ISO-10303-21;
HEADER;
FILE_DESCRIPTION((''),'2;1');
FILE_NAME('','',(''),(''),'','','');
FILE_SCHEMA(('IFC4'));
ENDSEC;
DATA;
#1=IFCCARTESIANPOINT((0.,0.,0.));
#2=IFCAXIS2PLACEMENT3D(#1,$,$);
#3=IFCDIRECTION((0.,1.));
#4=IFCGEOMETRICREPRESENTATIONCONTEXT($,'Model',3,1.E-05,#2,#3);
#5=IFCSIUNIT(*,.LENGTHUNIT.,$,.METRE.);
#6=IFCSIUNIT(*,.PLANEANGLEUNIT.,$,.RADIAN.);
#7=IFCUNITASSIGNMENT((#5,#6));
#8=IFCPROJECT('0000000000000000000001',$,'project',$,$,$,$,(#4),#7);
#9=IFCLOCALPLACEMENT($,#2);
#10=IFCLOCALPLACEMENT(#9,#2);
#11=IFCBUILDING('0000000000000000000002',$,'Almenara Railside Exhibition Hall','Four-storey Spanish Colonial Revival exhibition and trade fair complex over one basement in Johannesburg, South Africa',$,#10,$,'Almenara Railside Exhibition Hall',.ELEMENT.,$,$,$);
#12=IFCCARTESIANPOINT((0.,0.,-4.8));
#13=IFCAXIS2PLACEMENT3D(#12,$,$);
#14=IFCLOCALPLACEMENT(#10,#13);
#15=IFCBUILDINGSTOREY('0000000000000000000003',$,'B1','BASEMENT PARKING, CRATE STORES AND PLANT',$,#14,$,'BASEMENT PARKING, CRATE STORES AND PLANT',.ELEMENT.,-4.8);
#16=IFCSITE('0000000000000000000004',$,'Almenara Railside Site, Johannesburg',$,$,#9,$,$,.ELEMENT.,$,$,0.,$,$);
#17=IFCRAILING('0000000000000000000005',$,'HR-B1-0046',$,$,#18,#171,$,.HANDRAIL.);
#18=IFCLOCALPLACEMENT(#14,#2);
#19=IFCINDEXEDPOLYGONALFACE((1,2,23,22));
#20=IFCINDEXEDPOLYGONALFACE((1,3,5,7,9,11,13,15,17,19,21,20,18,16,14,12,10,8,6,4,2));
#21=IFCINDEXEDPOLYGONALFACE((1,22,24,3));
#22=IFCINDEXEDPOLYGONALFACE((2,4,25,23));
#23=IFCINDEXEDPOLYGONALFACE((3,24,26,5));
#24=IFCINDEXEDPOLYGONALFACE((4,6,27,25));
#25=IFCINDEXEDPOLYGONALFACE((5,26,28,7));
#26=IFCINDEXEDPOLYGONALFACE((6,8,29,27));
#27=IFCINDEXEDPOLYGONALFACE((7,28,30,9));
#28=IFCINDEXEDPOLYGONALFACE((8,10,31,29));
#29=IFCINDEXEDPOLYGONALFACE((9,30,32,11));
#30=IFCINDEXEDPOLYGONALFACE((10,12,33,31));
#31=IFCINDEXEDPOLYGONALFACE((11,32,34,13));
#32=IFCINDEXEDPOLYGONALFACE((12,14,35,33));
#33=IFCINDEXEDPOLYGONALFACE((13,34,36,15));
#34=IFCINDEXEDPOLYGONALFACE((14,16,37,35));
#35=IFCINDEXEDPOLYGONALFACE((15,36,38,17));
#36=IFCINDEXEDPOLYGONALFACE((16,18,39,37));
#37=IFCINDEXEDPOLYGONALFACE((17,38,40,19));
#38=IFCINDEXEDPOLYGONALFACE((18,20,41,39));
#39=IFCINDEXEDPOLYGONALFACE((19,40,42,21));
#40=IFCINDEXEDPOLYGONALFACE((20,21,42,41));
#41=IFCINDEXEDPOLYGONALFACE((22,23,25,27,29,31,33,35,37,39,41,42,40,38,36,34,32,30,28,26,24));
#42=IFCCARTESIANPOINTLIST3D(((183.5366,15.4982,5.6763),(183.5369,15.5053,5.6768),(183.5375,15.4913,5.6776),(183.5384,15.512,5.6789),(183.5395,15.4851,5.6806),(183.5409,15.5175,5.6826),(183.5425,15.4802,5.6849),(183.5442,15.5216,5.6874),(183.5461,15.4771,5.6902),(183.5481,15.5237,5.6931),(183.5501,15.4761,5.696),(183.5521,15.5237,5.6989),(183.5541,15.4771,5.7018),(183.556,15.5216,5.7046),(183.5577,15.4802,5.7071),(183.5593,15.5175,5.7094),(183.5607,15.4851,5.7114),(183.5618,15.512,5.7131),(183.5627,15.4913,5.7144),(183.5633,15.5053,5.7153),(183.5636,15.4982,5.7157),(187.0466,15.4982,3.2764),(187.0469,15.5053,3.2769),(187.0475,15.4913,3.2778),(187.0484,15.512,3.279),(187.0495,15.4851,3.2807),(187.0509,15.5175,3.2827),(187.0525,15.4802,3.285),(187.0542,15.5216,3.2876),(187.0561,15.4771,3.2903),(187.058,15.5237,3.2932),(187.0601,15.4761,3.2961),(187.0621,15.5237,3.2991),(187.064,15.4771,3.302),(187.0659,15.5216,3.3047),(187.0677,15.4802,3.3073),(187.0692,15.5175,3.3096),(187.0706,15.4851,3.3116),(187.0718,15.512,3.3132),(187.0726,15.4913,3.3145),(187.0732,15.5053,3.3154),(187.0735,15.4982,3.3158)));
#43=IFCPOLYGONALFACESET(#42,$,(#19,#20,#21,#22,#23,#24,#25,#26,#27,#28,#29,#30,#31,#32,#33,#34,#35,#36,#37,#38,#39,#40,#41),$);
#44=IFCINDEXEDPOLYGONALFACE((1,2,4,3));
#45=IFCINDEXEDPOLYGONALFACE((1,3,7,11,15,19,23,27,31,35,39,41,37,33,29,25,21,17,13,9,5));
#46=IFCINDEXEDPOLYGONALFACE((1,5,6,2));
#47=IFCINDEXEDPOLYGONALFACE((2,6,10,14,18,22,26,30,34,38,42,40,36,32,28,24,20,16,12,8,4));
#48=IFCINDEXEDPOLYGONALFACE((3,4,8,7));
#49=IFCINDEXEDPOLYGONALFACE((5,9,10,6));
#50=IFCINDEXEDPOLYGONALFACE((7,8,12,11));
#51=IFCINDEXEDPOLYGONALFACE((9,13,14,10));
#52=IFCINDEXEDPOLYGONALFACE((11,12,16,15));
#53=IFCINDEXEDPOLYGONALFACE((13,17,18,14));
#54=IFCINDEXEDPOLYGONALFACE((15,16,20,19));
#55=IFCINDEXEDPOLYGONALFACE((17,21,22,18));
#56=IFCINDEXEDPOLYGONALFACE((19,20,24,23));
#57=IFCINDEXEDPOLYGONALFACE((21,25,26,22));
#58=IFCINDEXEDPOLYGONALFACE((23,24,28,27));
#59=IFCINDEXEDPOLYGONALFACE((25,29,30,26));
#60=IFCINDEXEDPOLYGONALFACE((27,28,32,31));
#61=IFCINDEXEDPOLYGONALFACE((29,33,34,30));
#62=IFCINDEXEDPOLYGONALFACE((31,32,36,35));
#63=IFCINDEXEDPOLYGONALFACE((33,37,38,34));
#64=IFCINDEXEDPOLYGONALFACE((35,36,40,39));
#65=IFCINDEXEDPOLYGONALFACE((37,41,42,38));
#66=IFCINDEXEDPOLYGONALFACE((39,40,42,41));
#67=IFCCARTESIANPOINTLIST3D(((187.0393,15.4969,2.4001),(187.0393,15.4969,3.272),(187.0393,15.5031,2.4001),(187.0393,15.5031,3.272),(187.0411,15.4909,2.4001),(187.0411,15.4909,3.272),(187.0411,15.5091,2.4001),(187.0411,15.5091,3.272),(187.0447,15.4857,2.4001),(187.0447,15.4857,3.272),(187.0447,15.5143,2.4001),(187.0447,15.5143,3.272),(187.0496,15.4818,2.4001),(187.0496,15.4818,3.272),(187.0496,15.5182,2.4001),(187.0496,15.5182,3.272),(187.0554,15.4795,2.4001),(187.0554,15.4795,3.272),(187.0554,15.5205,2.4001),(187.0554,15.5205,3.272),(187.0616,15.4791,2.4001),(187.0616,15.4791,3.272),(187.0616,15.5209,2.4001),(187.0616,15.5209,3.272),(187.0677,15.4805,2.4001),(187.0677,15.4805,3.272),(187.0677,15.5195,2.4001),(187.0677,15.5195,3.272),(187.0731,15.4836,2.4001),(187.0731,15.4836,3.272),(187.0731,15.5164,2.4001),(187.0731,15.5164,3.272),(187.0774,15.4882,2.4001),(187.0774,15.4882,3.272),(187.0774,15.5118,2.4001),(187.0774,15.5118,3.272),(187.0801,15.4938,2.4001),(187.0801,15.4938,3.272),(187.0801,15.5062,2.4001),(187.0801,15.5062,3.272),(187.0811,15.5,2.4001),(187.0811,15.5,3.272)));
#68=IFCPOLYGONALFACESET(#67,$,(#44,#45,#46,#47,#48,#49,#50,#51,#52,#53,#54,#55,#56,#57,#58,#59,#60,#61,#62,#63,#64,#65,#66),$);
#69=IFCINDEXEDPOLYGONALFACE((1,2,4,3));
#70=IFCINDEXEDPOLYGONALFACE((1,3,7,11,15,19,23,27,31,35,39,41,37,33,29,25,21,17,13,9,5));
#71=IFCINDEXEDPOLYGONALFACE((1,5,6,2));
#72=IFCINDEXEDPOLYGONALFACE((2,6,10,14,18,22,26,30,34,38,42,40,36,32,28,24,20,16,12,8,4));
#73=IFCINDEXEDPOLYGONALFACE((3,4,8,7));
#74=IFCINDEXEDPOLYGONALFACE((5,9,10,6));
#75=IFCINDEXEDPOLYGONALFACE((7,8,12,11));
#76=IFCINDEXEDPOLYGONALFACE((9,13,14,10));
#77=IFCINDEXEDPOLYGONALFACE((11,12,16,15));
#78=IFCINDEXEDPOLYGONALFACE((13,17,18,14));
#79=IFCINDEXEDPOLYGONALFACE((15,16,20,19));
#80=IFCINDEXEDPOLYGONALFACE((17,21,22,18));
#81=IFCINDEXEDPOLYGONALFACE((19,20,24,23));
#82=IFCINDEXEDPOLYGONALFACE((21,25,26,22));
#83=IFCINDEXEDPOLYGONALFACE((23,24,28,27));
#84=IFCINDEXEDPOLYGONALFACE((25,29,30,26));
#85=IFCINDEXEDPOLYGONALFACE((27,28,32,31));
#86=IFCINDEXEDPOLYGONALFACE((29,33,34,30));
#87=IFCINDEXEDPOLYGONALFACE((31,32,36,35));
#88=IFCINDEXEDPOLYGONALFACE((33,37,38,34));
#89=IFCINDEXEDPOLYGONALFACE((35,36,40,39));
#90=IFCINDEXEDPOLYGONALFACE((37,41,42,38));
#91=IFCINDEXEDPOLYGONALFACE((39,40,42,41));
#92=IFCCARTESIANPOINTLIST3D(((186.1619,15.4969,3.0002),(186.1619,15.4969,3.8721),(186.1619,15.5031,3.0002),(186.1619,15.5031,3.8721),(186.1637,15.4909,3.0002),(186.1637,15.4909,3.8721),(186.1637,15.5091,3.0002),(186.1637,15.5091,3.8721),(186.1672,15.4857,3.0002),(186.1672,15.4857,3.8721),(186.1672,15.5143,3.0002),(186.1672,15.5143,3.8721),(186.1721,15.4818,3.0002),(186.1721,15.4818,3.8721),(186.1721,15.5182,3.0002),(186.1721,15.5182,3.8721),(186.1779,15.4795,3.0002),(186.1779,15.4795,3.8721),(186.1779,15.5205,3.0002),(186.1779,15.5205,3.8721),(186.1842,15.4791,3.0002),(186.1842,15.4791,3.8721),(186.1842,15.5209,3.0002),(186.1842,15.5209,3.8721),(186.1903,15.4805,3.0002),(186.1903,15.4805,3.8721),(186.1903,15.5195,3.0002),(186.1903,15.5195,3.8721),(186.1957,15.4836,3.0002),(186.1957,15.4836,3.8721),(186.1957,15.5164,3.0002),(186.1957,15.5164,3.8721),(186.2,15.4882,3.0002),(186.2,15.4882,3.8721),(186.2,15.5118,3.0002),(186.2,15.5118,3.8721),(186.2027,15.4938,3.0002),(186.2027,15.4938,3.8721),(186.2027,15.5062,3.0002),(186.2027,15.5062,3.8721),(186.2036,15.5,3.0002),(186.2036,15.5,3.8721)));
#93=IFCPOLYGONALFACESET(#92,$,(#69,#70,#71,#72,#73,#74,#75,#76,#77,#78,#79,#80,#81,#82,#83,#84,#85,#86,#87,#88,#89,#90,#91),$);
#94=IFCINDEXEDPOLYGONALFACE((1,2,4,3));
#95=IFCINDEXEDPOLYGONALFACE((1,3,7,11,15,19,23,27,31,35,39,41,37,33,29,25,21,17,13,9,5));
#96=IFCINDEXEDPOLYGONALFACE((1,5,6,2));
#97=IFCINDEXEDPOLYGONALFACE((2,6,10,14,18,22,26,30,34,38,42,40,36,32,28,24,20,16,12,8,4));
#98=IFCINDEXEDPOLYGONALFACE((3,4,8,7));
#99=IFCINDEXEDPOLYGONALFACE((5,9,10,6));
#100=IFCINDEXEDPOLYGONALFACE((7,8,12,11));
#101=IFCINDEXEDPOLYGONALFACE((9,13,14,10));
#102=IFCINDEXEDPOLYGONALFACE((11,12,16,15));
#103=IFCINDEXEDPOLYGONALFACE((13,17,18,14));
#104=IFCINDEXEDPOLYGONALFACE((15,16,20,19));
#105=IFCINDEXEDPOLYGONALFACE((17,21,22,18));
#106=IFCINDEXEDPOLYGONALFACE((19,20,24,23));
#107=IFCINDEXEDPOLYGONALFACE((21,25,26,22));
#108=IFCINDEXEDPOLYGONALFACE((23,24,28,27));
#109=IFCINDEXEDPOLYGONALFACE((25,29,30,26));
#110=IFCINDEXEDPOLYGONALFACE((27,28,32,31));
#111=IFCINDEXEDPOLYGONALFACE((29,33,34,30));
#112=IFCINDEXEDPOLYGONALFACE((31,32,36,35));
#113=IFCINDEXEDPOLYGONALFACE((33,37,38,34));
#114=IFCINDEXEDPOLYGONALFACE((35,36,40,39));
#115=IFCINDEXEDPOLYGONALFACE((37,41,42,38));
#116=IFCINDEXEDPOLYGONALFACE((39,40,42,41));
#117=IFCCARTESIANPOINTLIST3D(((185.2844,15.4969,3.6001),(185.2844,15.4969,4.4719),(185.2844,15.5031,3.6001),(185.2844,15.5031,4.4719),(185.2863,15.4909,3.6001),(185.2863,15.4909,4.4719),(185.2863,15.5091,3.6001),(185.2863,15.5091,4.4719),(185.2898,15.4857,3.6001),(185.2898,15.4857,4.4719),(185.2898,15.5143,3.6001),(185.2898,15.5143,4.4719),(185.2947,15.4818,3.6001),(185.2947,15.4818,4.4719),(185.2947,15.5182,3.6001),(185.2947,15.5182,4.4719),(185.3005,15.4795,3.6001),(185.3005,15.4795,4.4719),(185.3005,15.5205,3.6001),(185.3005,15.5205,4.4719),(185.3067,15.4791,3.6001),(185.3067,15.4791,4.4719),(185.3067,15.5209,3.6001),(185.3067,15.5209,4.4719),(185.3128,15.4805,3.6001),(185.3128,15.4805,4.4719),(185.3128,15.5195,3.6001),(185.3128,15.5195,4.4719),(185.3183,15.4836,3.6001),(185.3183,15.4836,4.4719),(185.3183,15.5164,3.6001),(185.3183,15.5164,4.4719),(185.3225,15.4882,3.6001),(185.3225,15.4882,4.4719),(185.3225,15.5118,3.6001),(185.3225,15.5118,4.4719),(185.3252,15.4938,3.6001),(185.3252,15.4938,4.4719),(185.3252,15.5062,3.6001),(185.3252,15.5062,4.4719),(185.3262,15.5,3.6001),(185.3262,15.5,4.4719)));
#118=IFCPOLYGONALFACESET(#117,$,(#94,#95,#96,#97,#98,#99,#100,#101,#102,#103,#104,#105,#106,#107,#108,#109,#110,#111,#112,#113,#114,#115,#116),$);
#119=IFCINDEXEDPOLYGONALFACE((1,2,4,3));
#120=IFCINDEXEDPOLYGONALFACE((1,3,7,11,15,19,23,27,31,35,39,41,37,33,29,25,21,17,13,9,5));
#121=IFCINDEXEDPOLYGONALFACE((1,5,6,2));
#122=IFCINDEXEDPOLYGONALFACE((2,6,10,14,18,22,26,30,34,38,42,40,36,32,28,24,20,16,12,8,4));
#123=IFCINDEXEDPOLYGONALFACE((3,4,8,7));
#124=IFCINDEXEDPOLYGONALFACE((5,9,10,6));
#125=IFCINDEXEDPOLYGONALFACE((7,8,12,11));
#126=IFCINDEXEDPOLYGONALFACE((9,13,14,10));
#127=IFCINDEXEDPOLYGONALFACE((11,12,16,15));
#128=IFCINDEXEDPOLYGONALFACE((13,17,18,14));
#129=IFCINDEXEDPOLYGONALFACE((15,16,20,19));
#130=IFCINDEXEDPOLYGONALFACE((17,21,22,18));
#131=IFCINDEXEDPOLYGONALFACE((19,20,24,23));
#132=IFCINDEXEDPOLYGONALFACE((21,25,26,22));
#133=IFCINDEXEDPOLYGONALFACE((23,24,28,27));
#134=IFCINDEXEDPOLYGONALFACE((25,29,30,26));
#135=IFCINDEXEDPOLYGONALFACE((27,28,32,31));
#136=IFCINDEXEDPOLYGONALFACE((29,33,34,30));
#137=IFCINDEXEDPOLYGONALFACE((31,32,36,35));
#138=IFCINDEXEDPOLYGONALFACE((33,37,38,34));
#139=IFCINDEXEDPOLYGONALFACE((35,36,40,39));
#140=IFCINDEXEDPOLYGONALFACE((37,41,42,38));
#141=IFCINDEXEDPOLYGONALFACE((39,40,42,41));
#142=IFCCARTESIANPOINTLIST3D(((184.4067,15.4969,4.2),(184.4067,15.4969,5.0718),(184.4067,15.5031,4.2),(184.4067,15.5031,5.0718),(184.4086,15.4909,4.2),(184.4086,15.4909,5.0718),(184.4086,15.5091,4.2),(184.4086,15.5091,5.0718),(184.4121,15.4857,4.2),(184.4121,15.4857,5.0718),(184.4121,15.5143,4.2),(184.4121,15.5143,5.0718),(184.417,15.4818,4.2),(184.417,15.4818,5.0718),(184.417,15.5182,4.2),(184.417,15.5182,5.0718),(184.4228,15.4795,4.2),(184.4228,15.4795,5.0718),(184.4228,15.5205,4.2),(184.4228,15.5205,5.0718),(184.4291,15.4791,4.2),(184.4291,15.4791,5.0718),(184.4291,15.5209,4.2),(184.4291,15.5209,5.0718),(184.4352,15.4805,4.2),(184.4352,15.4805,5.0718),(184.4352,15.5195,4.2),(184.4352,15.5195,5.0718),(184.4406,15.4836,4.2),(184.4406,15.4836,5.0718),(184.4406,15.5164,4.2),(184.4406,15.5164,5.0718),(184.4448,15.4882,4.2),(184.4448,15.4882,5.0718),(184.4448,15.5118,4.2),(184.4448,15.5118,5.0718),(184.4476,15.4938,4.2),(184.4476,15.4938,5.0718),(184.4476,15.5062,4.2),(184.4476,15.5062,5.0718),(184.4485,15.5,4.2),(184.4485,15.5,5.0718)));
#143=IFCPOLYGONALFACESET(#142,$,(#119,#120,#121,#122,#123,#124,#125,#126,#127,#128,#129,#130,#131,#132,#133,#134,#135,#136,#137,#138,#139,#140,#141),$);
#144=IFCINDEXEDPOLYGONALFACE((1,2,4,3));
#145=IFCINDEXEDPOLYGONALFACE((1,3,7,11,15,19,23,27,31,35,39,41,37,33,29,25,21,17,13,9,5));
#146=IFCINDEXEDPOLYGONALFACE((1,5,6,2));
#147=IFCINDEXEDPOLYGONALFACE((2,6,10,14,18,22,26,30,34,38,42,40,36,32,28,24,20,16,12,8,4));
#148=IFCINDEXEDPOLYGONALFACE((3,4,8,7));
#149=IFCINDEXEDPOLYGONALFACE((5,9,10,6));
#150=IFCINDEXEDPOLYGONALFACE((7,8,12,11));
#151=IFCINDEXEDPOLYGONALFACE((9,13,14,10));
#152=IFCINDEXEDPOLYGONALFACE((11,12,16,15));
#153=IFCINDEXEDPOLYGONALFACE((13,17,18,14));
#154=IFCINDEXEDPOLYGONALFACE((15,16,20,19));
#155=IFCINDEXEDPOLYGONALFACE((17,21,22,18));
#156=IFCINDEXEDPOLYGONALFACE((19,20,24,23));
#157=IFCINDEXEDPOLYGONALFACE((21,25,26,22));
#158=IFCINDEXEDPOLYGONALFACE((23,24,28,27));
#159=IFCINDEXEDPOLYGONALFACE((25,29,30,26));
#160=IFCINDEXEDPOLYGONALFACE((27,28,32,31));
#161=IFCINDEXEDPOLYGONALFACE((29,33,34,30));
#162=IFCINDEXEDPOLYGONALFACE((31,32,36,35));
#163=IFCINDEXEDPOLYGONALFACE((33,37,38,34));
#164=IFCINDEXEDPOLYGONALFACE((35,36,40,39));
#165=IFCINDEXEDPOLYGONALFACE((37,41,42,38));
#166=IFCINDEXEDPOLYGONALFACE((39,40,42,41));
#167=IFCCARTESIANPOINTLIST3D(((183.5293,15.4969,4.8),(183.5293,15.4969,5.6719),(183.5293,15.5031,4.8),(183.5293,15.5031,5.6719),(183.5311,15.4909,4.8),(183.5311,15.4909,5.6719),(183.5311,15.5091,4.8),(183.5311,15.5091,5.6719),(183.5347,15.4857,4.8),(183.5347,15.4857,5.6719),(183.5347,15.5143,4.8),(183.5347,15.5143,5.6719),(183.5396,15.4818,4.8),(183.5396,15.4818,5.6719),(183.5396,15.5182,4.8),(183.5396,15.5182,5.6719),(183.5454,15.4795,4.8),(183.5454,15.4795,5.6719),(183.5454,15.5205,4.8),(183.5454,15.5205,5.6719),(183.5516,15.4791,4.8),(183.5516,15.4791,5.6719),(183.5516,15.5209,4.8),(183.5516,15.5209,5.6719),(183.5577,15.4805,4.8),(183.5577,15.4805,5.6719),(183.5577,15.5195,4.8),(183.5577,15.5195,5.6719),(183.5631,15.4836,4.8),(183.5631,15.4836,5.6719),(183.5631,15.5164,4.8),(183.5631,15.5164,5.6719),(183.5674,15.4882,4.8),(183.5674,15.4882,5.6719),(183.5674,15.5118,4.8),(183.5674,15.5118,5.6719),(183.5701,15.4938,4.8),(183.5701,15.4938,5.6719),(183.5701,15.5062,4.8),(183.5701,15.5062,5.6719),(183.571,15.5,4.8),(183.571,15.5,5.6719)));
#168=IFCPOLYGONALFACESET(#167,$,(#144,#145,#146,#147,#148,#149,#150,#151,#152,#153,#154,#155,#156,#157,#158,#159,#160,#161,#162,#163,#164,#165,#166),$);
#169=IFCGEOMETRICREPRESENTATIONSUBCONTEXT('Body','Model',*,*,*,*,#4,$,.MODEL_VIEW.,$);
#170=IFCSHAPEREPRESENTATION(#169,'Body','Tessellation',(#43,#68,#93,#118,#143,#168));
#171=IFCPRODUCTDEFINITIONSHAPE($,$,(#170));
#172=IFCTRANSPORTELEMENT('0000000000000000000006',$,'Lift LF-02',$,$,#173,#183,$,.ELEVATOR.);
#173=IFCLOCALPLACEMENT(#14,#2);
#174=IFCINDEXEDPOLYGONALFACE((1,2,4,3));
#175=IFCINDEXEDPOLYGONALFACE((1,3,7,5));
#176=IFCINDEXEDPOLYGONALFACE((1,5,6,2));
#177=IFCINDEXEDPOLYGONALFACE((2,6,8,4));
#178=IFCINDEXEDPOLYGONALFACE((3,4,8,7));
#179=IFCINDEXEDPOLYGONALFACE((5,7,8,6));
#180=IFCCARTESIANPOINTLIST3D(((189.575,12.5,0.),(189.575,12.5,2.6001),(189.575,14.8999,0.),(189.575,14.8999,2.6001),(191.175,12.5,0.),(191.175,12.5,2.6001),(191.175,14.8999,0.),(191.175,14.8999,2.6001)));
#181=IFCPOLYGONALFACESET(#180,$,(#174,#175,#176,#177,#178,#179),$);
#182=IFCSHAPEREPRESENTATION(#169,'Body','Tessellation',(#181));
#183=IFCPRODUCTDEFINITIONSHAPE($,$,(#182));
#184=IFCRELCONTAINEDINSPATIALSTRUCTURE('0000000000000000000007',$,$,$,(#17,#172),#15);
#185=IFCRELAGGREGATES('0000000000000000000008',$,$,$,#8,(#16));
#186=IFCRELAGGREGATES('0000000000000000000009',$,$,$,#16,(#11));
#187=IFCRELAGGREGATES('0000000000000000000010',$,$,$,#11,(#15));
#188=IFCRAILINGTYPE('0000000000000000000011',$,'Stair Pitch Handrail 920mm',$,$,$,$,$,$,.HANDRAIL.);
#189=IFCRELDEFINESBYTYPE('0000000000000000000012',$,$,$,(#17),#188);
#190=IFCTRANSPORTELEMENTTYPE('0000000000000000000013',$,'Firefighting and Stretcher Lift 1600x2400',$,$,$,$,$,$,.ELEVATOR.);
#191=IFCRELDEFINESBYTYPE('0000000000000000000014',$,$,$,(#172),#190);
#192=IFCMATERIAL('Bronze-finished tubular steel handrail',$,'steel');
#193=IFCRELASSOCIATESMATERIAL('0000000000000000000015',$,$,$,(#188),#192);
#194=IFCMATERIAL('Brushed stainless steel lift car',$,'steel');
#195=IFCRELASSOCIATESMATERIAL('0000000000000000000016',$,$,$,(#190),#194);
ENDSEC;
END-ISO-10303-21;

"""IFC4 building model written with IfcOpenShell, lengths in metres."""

from ifc_helpers import new_model, si_unit, direction, frame, origin, origin_2d, place, context, subcontext, project, spatial, rectangle, circle, extrude, material, type_object, element, save


model = new_model("IFC4")

# Units and contexts
model_context = context("Model", 3, precision=1e-05, world=origin(), true_north=direction((0.0, 1.0)))
body_context = subcontext(model_context, "Body", "Model", "MODEL_VIEW")
ifc_project = project(units=[si_unit("LENGTHUNIT", "METRE"), si_unit("PLANEANGLEUNIT", "RADIAN")], contexts=[model_context])

# Site, building, storey
site_placement = place(None, origin())
site = spatial("IfcSite", under=ifc_project, at=site_placement, Name="Almenara Railside Site, Johannesburg", CompositionType="ELEMENT", RefElevation=0.0)
building_placement = place(site_placement, origin())
building = spatial("IfcBuilding", under=site, at=building_placement, Name="Almenara Railside Exhibition Hall", Description="Four-storey Spanish Colonial Revival exhibition and trade fair complex over one basement in Johannesburg, South Africa", LongName="Almenara Railside Exhibition Hall", CompositionType="ELEMENT")
storey_placement = place(building_placement, frame((0.0, 0.0, -4.8)))
storey = spatial("IfcBuildingStorey", under=building, at=storey_placement, Name="B1", Description="BASEMENT PARKING, CRATE STORES AND PLANT", LongName="BASEMENT PARKING, CRATE STORES AND PLANT", CompositionType="ELEMENT", Elevation=-4.8)

# Railing
ifc_material_1 = material(Name="Bronze-finished tubular steel handrail", Category="steel")
railing_type = type_object("IfcRailingType", Name="Stair Pitch Handrail 920mm", PredefinedType="HANDRAIL", material=ifc_material_1)
railing_placement = place(storey_placement, frame((187.0601, 15.5, 2.4001)))
element("IfcRailing", 1, at=railing_placement, inside=storey, type_object=railing_type, Name="HR-B1-0046", PredefinedType="HANDRAIL", context=body_context, shape_type="SweptSolid", body=[
    extrude(circle(Radius=0.0239, at=origin_2d()), frame((0.0, 0.0, 0.896), z_axis=(-0.825492, 0.0, 0.564414), x_axis=(0.0, -1.0, 0.0)), (0.0, 0.0, 1.0), 4.252),
    extrude(circle(Radius=0.021, at=origin_2d()), origin(), (0.0, 0.0, 1.0), 0.8718),
    extrude(circle(Radius=0.021, at=origin_2d()), frame((-0.8774, 0.0, 0.6001)), (0.0, 0.0, 1.0), 0.8718),
    extrude(circle(Radius=0.021, at=origin_2d()), frame((-1.7549, 0.0, 1.2)), (0.0, 0.0, 1.0), 0.8718),
    extrude(circle(Radius=0.021, at=origin_2d()), frame((-2.6326, 0.0, 1.7998)), (0.0, 0.0, 1.0), 0.8718),
    extrude(circle(Radius=0.021, at=origin_2d()), frame((-3.51, 0.0, 2.3999)), (0.0, 0.0, 1.0), 0.8718),
])

# Transport element
ifc_material_2 = material(Name="Brushed stainless steel lift car", Category="steel")
transport_element_type = type_object("IfcTransportElementType", Name="Firefighting and Stretcher Lift 1600x2400", PredefinedType="ELEVATOR", material=ifc_material_2)
transport_element_placement = place(storey_placement, frame((190.375, 13.7, 0.0), z_axis=(0.0, 0.0, 1.0), x_axis=(1.0, 0.0, 0.0)))
element("IfcTransportElement", 2, at=transport_element_placement, inside=storey, type_object=transport_element_type, Name="Lift LF-02", PredefinedType="ELEVATOR", context=body_context, shape_type="SweptSolid", body=[
    extrude(rectangle(XDim=1.6001, YDim=2.3999, at=origin_2d()), origin(), (0.0, 0.0, 1.0), 2.6001),
])

save(model, "model.ifc")
